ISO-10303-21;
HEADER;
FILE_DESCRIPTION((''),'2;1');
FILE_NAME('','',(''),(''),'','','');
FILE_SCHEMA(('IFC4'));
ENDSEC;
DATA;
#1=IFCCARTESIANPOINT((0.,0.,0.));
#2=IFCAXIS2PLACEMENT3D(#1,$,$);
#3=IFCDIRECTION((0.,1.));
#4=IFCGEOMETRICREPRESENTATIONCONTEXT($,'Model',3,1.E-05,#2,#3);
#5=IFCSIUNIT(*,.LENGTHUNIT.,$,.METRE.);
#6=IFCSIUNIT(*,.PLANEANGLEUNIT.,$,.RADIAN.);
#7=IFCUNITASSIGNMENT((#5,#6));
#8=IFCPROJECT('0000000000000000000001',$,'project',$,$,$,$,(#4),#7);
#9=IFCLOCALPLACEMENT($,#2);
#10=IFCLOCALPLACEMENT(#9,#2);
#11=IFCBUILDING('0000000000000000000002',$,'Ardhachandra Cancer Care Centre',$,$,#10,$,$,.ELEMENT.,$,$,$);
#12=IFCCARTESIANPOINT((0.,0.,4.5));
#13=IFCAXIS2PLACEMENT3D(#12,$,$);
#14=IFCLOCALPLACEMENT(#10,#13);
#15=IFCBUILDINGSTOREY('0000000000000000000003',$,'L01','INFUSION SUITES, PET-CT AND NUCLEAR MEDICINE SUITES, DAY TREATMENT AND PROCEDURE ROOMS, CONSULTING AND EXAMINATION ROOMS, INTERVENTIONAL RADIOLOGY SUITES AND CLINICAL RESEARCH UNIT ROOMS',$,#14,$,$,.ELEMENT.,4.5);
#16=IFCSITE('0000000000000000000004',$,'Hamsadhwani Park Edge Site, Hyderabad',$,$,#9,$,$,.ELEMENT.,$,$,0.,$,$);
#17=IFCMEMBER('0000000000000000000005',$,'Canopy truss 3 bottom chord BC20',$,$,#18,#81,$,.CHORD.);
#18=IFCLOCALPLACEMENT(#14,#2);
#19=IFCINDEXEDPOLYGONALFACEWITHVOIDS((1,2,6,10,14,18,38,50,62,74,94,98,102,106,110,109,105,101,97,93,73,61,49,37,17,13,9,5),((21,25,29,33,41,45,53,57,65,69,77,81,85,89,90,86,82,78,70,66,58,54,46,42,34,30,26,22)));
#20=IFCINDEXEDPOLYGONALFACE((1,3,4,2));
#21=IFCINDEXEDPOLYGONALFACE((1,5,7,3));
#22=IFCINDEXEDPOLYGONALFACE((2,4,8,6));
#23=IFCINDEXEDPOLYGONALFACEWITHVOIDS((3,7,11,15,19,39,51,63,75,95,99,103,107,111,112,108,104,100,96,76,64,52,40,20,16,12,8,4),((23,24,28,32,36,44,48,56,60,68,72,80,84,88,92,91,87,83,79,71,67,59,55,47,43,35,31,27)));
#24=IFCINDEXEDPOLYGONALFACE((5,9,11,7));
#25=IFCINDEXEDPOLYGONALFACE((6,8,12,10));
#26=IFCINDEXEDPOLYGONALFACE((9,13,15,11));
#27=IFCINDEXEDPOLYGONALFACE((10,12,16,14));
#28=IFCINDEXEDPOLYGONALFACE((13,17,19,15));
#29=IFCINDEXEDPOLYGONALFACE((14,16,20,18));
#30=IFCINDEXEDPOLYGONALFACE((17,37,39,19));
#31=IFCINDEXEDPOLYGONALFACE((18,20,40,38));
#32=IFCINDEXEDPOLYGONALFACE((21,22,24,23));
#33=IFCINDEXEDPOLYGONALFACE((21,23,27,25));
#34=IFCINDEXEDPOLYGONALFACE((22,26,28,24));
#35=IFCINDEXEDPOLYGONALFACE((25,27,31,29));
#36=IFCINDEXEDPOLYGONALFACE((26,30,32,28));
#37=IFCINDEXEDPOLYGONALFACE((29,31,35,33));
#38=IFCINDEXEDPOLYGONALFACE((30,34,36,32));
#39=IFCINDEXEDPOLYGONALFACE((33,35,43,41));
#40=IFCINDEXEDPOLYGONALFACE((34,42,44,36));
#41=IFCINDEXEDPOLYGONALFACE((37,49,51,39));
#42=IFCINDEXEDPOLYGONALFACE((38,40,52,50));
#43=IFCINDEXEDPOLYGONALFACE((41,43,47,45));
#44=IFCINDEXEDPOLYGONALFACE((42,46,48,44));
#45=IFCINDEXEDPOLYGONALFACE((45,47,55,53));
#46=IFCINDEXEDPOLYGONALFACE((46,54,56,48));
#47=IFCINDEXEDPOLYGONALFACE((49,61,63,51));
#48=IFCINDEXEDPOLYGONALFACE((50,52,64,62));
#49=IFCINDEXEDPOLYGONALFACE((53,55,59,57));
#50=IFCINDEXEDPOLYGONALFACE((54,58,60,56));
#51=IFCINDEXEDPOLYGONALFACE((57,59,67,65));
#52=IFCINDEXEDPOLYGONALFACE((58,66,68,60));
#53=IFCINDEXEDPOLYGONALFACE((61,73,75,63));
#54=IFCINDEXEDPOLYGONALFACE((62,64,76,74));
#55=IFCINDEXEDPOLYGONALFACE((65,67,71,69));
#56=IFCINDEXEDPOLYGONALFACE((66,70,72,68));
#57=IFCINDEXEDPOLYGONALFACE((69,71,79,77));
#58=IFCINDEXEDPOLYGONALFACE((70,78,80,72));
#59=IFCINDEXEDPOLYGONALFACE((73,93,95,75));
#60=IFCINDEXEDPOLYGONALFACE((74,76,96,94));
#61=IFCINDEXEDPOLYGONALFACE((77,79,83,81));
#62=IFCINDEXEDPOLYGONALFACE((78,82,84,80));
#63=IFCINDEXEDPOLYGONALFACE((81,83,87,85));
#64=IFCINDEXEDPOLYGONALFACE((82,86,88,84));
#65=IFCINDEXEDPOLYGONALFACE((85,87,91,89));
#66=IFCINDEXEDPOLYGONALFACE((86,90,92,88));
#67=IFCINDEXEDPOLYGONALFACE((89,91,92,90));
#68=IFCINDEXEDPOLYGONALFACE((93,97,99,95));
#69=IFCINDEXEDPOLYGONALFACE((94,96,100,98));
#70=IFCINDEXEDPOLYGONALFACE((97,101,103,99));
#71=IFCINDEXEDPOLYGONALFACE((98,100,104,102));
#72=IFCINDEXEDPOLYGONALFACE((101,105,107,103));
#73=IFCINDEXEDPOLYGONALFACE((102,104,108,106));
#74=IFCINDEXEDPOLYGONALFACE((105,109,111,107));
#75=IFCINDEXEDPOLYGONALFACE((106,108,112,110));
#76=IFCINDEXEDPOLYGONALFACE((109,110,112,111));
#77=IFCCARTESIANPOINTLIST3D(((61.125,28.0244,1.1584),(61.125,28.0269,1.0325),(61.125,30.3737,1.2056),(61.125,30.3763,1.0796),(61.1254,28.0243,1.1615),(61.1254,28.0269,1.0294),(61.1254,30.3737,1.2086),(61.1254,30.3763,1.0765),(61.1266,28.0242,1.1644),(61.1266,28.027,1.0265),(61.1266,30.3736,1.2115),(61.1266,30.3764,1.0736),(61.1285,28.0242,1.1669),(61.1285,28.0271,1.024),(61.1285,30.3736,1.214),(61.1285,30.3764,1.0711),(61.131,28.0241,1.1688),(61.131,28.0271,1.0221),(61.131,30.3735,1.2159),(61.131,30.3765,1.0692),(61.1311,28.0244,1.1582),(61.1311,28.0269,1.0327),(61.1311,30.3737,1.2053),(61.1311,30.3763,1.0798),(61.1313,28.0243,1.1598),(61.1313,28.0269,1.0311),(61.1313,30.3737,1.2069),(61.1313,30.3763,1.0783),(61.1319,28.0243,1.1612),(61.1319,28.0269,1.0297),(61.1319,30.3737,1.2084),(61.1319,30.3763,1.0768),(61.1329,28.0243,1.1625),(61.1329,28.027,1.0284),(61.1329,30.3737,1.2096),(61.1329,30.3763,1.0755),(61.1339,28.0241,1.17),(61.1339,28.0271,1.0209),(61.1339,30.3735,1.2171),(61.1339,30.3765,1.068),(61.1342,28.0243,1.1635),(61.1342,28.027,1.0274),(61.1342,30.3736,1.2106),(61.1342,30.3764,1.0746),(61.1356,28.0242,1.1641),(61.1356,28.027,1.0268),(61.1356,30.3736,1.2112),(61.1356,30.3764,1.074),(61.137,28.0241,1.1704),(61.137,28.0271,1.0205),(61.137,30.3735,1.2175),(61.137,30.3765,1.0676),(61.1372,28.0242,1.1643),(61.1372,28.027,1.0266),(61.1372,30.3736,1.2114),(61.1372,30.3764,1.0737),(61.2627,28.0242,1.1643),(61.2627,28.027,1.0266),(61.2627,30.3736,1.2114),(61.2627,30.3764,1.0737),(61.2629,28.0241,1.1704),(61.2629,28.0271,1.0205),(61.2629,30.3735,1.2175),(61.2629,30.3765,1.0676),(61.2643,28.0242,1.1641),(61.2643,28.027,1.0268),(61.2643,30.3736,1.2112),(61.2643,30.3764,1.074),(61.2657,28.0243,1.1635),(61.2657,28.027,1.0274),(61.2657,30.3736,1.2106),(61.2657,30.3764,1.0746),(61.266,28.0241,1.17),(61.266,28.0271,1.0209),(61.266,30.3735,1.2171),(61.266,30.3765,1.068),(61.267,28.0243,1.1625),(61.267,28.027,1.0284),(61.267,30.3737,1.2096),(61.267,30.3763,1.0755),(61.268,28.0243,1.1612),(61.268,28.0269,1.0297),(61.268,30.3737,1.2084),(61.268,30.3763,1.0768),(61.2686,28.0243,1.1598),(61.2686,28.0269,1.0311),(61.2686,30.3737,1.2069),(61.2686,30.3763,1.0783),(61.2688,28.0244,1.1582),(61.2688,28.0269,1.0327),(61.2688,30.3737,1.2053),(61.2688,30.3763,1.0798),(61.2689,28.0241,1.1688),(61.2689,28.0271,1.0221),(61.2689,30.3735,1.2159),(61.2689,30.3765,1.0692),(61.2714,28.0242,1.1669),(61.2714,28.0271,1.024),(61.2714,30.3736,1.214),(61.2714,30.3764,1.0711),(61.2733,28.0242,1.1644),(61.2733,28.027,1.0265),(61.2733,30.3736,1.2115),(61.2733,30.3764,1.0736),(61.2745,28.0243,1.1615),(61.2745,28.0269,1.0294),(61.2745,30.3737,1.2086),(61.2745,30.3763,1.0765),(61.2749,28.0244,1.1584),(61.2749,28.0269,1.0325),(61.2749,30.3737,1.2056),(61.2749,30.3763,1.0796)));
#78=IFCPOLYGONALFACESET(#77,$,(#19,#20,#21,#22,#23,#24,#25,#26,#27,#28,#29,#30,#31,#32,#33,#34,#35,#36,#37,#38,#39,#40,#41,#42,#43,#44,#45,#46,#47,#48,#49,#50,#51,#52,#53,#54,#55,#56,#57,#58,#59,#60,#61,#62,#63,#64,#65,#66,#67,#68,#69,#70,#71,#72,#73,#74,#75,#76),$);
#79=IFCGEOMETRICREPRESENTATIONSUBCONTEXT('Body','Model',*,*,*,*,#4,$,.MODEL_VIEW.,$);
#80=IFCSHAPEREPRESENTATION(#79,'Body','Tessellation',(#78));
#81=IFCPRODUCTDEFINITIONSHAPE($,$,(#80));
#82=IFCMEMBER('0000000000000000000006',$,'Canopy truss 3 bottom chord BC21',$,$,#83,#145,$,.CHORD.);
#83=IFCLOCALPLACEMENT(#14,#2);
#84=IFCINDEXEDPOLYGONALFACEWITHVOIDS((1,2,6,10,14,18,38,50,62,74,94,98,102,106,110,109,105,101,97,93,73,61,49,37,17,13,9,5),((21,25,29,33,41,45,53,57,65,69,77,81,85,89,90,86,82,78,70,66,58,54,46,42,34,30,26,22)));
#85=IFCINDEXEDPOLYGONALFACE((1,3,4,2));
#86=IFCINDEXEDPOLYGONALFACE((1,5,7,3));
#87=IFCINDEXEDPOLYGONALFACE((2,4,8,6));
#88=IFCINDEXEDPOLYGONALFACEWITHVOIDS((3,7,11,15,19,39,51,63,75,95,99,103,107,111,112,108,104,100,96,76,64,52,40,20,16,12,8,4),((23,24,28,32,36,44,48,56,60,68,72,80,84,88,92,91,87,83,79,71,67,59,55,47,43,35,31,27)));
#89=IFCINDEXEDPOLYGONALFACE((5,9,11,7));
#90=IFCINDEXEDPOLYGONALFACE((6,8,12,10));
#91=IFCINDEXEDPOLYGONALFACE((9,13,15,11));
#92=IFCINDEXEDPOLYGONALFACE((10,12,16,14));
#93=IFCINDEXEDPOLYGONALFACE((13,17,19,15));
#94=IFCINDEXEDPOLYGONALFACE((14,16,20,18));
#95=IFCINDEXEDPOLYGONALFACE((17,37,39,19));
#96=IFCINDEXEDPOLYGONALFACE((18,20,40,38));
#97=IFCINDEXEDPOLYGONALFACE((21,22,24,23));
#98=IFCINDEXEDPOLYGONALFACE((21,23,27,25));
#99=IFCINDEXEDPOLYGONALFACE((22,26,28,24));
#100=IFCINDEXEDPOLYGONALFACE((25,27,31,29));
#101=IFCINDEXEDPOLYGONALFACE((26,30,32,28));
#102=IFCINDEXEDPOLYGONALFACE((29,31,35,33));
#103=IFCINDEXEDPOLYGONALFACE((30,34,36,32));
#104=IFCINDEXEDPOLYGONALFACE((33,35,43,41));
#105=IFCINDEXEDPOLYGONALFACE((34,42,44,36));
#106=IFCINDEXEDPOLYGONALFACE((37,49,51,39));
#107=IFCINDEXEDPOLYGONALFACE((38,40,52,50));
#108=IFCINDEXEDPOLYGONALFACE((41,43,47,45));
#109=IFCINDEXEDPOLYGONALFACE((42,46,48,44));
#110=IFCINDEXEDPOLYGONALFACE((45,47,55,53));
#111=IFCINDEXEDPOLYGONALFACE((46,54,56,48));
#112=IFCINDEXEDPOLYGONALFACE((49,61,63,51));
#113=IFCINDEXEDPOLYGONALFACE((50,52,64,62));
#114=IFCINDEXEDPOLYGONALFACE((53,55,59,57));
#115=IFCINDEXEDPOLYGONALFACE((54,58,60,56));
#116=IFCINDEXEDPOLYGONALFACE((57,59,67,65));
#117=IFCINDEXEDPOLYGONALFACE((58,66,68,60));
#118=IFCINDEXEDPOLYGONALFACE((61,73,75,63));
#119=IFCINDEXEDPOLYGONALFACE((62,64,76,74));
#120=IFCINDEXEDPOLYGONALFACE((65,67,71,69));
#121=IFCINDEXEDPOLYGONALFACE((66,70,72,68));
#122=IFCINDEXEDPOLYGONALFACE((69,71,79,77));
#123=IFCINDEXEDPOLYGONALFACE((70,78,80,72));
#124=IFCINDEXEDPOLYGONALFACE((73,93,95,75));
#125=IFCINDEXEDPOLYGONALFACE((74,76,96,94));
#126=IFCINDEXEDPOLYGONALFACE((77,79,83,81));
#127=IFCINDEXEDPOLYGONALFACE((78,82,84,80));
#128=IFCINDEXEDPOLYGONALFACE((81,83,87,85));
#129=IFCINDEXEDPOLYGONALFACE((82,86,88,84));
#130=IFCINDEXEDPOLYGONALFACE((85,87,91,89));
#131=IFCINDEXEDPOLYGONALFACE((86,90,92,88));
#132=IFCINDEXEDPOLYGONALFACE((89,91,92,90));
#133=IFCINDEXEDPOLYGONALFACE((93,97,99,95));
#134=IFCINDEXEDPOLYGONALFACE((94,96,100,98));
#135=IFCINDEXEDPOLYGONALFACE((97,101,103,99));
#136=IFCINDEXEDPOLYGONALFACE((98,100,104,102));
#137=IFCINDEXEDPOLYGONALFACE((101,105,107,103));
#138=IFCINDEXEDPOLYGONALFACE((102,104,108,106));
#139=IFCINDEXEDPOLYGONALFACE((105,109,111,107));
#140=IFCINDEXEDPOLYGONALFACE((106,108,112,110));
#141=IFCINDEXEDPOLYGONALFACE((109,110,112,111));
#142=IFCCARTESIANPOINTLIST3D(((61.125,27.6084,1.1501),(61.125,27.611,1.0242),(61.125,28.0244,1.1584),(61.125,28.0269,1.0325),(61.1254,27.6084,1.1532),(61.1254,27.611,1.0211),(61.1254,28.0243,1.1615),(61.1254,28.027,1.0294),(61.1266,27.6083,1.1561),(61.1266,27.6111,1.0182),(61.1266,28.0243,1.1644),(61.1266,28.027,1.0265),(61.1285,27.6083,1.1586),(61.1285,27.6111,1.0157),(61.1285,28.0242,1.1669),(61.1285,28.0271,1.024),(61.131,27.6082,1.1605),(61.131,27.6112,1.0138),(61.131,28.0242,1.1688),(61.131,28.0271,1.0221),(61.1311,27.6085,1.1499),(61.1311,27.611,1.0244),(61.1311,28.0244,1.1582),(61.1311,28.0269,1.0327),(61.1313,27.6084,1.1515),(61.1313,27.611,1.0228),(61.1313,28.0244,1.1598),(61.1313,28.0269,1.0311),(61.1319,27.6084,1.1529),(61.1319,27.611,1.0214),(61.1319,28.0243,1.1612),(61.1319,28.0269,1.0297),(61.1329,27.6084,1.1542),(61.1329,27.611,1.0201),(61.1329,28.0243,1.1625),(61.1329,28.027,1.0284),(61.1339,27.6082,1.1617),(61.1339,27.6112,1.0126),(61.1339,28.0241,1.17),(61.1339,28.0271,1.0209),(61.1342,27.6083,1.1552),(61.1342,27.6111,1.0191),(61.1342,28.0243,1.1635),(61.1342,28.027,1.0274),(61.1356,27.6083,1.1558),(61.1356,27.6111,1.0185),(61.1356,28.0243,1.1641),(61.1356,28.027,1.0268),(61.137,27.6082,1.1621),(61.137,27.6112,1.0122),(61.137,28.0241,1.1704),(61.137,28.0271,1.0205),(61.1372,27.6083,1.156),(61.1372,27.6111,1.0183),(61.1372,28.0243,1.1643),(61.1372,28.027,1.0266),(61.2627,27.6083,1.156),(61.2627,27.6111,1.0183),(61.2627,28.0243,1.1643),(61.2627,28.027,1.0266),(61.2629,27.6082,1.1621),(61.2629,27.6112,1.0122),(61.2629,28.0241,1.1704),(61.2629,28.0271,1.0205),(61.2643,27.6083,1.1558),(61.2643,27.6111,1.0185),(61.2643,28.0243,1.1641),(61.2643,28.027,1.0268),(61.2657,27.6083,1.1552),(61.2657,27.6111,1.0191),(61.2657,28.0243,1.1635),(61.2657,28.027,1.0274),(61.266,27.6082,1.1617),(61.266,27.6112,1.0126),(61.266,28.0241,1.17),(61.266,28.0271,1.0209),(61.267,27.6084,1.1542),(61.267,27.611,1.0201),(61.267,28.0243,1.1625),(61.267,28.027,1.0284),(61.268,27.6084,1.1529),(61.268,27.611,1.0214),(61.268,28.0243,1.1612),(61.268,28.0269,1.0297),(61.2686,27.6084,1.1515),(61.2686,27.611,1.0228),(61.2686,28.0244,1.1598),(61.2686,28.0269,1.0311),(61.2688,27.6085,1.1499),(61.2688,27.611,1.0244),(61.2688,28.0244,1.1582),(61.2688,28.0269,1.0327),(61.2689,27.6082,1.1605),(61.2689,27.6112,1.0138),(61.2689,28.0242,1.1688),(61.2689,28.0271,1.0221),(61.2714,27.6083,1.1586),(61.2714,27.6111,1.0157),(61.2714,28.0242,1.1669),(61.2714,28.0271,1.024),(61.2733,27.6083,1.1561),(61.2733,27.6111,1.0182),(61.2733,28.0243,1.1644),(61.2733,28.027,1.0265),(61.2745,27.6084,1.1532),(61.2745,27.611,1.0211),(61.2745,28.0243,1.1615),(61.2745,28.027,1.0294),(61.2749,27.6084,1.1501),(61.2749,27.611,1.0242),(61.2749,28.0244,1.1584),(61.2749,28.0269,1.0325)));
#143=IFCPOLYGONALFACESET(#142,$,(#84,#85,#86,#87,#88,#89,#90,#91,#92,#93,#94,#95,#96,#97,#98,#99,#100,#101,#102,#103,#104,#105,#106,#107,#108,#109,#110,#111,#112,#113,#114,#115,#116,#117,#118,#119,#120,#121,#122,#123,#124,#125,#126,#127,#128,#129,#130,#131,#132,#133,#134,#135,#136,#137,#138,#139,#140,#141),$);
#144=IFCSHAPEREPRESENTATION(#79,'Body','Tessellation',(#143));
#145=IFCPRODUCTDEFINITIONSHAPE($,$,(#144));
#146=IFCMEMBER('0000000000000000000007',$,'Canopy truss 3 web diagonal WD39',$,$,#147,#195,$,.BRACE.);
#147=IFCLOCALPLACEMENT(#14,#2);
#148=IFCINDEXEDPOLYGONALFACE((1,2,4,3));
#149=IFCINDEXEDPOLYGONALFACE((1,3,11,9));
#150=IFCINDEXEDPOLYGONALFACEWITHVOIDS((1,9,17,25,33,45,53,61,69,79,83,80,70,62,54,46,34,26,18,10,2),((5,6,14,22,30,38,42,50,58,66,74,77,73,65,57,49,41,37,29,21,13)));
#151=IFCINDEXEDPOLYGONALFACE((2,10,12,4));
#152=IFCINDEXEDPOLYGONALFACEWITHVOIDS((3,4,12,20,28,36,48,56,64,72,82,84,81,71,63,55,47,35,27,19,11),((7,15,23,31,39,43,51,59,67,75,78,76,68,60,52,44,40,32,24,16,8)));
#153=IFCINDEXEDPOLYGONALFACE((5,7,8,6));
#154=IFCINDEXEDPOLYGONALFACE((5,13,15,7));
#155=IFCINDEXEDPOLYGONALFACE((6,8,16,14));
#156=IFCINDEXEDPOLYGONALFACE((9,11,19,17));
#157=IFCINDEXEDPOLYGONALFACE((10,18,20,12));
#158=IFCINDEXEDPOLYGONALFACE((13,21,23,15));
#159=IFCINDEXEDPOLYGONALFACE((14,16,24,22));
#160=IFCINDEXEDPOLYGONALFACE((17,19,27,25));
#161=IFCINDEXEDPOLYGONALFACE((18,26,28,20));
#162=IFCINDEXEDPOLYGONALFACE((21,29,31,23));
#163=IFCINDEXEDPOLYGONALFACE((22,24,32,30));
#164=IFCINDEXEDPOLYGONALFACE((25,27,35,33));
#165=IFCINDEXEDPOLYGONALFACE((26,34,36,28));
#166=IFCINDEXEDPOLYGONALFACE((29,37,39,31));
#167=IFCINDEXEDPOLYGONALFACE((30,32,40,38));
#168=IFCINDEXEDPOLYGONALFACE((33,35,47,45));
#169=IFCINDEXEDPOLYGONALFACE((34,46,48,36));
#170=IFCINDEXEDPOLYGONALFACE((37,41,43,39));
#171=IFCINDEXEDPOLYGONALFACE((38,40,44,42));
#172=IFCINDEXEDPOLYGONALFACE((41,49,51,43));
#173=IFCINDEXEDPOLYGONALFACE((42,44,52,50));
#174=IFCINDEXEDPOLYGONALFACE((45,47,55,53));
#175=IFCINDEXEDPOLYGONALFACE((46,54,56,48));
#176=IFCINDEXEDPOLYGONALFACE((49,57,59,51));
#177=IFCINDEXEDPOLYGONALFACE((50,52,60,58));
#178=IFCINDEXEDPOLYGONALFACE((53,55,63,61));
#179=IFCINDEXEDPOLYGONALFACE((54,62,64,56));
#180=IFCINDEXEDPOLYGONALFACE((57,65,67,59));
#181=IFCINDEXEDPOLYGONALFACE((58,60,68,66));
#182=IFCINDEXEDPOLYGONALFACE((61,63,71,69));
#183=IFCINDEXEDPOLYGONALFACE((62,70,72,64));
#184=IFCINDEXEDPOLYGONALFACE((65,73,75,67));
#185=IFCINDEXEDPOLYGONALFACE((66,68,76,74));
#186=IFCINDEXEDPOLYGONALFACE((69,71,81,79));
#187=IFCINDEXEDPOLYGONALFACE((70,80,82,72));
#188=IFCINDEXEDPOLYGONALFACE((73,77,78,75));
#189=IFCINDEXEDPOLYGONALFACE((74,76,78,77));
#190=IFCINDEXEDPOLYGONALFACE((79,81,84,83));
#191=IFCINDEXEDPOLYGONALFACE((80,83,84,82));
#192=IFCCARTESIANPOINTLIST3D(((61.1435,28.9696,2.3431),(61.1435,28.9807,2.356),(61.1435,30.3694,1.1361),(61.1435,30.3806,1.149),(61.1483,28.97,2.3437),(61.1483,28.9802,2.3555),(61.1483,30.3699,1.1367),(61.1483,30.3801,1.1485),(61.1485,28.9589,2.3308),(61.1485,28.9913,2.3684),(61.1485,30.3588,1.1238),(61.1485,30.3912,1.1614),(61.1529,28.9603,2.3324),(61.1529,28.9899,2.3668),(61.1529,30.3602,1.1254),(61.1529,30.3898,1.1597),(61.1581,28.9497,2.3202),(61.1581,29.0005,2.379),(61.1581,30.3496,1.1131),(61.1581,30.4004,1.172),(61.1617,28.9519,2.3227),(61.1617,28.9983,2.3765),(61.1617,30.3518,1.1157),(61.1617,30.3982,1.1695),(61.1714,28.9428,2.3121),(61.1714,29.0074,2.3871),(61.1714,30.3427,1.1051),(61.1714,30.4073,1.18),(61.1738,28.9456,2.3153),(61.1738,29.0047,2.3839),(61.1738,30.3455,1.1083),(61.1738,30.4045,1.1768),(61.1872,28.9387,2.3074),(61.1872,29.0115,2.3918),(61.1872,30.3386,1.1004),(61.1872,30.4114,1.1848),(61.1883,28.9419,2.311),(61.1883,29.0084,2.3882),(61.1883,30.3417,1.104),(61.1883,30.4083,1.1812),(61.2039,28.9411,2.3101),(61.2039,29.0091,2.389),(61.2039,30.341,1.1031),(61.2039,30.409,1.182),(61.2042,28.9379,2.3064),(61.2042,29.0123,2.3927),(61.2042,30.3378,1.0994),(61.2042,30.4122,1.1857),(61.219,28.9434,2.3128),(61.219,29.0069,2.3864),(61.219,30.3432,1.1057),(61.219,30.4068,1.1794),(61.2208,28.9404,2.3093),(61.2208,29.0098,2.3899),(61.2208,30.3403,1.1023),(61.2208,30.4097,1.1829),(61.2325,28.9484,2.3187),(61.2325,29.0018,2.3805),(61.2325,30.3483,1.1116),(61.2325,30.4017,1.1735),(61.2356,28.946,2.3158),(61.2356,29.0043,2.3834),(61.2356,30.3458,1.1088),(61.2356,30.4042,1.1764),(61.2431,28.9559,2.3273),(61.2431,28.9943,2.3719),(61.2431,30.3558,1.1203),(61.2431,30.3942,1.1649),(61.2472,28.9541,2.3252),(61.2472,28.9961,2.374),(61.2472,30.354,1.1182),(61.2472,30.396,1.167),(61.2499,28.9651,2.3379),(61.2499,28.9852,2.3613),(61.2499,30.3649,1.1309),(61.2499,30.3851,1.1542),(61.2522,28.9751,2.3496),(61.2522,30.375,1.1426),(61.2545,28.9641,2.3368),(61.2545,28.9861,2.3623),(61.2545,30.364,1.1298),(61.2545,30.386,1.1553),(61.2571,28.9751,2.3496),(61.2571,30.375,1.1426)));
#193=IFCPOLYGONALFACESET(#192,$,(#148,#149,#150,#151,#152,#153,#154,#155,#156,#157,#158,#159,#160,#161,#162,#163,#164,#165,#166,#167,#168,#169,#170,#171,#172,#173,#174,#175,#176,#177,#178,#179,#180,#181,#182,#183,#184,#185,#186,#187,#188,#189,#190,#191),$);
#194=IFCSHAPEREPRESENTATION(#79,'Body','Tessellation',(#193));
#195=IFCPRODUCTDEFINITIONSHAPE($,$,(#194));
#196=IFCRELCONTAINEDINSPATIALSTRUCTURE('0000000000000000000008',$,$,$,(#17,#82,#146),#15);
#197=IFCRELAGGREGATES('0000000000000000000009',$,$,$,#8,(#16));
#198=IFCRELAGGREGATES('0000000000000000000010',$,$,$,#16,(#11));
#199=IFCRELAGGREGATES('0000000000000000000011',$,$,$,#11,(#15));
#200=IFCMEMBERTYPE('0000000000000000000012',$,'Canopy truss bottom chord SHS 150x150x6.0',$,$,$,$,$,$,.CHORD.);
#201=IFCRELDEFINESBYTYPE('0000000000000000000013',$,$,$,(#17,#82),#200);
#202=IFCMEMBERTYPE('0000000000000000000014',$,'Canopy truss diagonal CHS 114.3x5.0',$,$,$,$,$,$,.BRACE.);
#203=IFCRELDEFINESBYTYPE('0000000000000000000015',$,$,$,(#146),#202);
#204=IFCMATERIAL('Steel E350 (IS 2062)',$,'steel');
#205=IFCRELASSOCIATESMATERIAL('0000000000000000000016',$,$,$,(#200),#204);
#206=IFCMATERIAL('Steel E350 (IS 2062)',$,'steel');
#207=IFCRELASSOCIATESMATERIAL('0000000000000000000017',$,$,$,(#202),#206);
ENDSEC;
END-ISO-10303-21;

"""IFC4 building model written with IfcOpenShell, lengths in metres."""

from ifc_helpers import new_model, si_unit, direction, frame, origin, origin_2d, place, context, subcontext, project, spatial, hollow_rectangle, hollow_circle, extrude, material, material_profile, profile_set, type_object, element, save


model = new_model("IFC4")

# Units and contexts
model_context = context("Model", 3, precision=1e-05, world=origin(), true_north=direction((0.0, 1.0)))
body_context = subcontext(model_context, "Body", "Model", "MODEL_VIEW")
ifc_project = project(units=[si_unit("LENGTHUNIT", "METRE"), si_unit("PLANEANGLEUNIT", "RADIAN")], contexts=[model_context])

# Site, building, storey
site_placement = place(None, origin())
site = spatial("IfcSite", under=ifc_project, at=site_placement, Name="Hamsadhwani Park Edge Site, Hyderabad", CompositionType="ELEMENT", RefElevation=0.0)
building_placement = place(site_placement, origin())
building = spatial("IfcBuilding", under=site, at=building_placement, Name="Ardhachandra Cancer Care Centre", CompositionType="ELEMENT")
storey_placement = place(building_placement, frame((0.0, 0.0, 4.5)))
storey = spatial("IfcBuildingStorey", under=building, at=storey_placement, Name="L01", Description="INFUSION SUITES, PET-CT AND NUCLEAR MEDICINE SUITES, DAY TREATMENT AND PROCEDURE ROOMS, CONSULTING AND EXAMINATION ROOMS, INTERVENTIONAL RADIOLOGY SUITES AND CLINICAL RESEARCH UNIT ROOMS", CompositionType="ELEMENT", Elevation=4.5)

# Members
ifc_material_1 = material(Name="Steel E350 (IS 2062)", Category="steel")
ifc_material_profile_1 = material_profile(ifc_material_1, hollow_rectangle(XDim=0.1499, YDim=0.1499, WallThickness=0.0061, InnerFilletRadius=0.0061, OuterFilletRadius=0.012, at=origin_2d()), Name="SHS 150x150x6.0")
ifc_profile_set_1 = profile_set([ifc_material_profile_1], Name="Steel E350 (IS 2062)")
member_type_1 = type_object("IfcMemberType", Name="Canopy truss bottom chord SHS 150x150x6.0", PredefinedType="CHORD", material=ifc_profile_set_1)
member_1_placement = place(storey_placement, frame((61.2, 30.375, 1.1426), z_axis=(0.0, -0.999799, -0.020052), x_axis=(1.0, 0.0, 0.0)))
element("IfcMember", 1, at=member_1_placement, inside=storey, type_object=member_type_1, Name="Canopy truss 3 bottom chord BC20", PredefinedType="CHORD", context=body_context, shape_type="SweptSolid", body=[
    extrude(hollow_rectangle(XDim=0.1499, YDim=0.1499, WallThickness=0.0061, InnerFilletRadius=0.0061, OuterFilletRadius=0.012, at=origin_2d()), origin(), (0.0, 0.0, 1.0), 2.3499),
])
member_2_placement = place(storey_placement, frame((61.2, 28.0256, 1.0955), z_axis=(0.0, -0.999801, -0.019949), x_axis=(1.0, 0.0, 0.0)))
element("IfcMember", 2, at=member_2_placement, inside=storey, type_object=member_type_1, Name="Canopy truss 3 bottom chord BC21", PredefinedType="CHORD", context=body_context, shape_type="SweptSolid", body=[
    extrude(hollow_rectangle(XDim=0.1499, YDim=0.1499, WallThickness=0.0061, InnerFilletRadius=0.0061, OuterFilletRadius=0.012, at=origin_2d()), origin(), (0.0, 0.0, 1.0), 0.416),
])
ifc_material_2 = material(Name="Steel E350 (IS 2062)", Category="steel")
ifc_material_profile_2 = material_profile(ifc_material_2, hollow_circle(Radius=0.0571, WallThickness=0.0049, at=origin_2d()), Name="CHS 114.3x5.0")
ifc_profile_set_2 = profile_set([ifc_material_profile_2], Name="Steel E350 (IS 2062)")
member_type_2 = type_object("IfcMemberType", Name="Canopy truss diagonal CHS 114.3x5.0", PredefinedType="BRACE", material=ifc_profile_set_2)
member_3_placement = place(storey_placement, frame((61.2, 30.375, 1.1426), z_axis=(0.0, -0.757351, 0.653008), x_axis=(1.0, 0.0, 0.0)))
element("IfcMember", 3, at=member_3_placement, inside=storey, type_object=member_type_2, Name="Canopy truss 3 web diagonal WD39", PredefinedType="BRACE", context=body_context, shape_type="SweptSolid", body=[
    extrude(hollow_circle(Radius=0.0571, WallThickness=0.0049, at=origin_2d()), origin(), (0.0, 0.0, 1.0), 1.8484),
])

save(model, "model.ifc")
